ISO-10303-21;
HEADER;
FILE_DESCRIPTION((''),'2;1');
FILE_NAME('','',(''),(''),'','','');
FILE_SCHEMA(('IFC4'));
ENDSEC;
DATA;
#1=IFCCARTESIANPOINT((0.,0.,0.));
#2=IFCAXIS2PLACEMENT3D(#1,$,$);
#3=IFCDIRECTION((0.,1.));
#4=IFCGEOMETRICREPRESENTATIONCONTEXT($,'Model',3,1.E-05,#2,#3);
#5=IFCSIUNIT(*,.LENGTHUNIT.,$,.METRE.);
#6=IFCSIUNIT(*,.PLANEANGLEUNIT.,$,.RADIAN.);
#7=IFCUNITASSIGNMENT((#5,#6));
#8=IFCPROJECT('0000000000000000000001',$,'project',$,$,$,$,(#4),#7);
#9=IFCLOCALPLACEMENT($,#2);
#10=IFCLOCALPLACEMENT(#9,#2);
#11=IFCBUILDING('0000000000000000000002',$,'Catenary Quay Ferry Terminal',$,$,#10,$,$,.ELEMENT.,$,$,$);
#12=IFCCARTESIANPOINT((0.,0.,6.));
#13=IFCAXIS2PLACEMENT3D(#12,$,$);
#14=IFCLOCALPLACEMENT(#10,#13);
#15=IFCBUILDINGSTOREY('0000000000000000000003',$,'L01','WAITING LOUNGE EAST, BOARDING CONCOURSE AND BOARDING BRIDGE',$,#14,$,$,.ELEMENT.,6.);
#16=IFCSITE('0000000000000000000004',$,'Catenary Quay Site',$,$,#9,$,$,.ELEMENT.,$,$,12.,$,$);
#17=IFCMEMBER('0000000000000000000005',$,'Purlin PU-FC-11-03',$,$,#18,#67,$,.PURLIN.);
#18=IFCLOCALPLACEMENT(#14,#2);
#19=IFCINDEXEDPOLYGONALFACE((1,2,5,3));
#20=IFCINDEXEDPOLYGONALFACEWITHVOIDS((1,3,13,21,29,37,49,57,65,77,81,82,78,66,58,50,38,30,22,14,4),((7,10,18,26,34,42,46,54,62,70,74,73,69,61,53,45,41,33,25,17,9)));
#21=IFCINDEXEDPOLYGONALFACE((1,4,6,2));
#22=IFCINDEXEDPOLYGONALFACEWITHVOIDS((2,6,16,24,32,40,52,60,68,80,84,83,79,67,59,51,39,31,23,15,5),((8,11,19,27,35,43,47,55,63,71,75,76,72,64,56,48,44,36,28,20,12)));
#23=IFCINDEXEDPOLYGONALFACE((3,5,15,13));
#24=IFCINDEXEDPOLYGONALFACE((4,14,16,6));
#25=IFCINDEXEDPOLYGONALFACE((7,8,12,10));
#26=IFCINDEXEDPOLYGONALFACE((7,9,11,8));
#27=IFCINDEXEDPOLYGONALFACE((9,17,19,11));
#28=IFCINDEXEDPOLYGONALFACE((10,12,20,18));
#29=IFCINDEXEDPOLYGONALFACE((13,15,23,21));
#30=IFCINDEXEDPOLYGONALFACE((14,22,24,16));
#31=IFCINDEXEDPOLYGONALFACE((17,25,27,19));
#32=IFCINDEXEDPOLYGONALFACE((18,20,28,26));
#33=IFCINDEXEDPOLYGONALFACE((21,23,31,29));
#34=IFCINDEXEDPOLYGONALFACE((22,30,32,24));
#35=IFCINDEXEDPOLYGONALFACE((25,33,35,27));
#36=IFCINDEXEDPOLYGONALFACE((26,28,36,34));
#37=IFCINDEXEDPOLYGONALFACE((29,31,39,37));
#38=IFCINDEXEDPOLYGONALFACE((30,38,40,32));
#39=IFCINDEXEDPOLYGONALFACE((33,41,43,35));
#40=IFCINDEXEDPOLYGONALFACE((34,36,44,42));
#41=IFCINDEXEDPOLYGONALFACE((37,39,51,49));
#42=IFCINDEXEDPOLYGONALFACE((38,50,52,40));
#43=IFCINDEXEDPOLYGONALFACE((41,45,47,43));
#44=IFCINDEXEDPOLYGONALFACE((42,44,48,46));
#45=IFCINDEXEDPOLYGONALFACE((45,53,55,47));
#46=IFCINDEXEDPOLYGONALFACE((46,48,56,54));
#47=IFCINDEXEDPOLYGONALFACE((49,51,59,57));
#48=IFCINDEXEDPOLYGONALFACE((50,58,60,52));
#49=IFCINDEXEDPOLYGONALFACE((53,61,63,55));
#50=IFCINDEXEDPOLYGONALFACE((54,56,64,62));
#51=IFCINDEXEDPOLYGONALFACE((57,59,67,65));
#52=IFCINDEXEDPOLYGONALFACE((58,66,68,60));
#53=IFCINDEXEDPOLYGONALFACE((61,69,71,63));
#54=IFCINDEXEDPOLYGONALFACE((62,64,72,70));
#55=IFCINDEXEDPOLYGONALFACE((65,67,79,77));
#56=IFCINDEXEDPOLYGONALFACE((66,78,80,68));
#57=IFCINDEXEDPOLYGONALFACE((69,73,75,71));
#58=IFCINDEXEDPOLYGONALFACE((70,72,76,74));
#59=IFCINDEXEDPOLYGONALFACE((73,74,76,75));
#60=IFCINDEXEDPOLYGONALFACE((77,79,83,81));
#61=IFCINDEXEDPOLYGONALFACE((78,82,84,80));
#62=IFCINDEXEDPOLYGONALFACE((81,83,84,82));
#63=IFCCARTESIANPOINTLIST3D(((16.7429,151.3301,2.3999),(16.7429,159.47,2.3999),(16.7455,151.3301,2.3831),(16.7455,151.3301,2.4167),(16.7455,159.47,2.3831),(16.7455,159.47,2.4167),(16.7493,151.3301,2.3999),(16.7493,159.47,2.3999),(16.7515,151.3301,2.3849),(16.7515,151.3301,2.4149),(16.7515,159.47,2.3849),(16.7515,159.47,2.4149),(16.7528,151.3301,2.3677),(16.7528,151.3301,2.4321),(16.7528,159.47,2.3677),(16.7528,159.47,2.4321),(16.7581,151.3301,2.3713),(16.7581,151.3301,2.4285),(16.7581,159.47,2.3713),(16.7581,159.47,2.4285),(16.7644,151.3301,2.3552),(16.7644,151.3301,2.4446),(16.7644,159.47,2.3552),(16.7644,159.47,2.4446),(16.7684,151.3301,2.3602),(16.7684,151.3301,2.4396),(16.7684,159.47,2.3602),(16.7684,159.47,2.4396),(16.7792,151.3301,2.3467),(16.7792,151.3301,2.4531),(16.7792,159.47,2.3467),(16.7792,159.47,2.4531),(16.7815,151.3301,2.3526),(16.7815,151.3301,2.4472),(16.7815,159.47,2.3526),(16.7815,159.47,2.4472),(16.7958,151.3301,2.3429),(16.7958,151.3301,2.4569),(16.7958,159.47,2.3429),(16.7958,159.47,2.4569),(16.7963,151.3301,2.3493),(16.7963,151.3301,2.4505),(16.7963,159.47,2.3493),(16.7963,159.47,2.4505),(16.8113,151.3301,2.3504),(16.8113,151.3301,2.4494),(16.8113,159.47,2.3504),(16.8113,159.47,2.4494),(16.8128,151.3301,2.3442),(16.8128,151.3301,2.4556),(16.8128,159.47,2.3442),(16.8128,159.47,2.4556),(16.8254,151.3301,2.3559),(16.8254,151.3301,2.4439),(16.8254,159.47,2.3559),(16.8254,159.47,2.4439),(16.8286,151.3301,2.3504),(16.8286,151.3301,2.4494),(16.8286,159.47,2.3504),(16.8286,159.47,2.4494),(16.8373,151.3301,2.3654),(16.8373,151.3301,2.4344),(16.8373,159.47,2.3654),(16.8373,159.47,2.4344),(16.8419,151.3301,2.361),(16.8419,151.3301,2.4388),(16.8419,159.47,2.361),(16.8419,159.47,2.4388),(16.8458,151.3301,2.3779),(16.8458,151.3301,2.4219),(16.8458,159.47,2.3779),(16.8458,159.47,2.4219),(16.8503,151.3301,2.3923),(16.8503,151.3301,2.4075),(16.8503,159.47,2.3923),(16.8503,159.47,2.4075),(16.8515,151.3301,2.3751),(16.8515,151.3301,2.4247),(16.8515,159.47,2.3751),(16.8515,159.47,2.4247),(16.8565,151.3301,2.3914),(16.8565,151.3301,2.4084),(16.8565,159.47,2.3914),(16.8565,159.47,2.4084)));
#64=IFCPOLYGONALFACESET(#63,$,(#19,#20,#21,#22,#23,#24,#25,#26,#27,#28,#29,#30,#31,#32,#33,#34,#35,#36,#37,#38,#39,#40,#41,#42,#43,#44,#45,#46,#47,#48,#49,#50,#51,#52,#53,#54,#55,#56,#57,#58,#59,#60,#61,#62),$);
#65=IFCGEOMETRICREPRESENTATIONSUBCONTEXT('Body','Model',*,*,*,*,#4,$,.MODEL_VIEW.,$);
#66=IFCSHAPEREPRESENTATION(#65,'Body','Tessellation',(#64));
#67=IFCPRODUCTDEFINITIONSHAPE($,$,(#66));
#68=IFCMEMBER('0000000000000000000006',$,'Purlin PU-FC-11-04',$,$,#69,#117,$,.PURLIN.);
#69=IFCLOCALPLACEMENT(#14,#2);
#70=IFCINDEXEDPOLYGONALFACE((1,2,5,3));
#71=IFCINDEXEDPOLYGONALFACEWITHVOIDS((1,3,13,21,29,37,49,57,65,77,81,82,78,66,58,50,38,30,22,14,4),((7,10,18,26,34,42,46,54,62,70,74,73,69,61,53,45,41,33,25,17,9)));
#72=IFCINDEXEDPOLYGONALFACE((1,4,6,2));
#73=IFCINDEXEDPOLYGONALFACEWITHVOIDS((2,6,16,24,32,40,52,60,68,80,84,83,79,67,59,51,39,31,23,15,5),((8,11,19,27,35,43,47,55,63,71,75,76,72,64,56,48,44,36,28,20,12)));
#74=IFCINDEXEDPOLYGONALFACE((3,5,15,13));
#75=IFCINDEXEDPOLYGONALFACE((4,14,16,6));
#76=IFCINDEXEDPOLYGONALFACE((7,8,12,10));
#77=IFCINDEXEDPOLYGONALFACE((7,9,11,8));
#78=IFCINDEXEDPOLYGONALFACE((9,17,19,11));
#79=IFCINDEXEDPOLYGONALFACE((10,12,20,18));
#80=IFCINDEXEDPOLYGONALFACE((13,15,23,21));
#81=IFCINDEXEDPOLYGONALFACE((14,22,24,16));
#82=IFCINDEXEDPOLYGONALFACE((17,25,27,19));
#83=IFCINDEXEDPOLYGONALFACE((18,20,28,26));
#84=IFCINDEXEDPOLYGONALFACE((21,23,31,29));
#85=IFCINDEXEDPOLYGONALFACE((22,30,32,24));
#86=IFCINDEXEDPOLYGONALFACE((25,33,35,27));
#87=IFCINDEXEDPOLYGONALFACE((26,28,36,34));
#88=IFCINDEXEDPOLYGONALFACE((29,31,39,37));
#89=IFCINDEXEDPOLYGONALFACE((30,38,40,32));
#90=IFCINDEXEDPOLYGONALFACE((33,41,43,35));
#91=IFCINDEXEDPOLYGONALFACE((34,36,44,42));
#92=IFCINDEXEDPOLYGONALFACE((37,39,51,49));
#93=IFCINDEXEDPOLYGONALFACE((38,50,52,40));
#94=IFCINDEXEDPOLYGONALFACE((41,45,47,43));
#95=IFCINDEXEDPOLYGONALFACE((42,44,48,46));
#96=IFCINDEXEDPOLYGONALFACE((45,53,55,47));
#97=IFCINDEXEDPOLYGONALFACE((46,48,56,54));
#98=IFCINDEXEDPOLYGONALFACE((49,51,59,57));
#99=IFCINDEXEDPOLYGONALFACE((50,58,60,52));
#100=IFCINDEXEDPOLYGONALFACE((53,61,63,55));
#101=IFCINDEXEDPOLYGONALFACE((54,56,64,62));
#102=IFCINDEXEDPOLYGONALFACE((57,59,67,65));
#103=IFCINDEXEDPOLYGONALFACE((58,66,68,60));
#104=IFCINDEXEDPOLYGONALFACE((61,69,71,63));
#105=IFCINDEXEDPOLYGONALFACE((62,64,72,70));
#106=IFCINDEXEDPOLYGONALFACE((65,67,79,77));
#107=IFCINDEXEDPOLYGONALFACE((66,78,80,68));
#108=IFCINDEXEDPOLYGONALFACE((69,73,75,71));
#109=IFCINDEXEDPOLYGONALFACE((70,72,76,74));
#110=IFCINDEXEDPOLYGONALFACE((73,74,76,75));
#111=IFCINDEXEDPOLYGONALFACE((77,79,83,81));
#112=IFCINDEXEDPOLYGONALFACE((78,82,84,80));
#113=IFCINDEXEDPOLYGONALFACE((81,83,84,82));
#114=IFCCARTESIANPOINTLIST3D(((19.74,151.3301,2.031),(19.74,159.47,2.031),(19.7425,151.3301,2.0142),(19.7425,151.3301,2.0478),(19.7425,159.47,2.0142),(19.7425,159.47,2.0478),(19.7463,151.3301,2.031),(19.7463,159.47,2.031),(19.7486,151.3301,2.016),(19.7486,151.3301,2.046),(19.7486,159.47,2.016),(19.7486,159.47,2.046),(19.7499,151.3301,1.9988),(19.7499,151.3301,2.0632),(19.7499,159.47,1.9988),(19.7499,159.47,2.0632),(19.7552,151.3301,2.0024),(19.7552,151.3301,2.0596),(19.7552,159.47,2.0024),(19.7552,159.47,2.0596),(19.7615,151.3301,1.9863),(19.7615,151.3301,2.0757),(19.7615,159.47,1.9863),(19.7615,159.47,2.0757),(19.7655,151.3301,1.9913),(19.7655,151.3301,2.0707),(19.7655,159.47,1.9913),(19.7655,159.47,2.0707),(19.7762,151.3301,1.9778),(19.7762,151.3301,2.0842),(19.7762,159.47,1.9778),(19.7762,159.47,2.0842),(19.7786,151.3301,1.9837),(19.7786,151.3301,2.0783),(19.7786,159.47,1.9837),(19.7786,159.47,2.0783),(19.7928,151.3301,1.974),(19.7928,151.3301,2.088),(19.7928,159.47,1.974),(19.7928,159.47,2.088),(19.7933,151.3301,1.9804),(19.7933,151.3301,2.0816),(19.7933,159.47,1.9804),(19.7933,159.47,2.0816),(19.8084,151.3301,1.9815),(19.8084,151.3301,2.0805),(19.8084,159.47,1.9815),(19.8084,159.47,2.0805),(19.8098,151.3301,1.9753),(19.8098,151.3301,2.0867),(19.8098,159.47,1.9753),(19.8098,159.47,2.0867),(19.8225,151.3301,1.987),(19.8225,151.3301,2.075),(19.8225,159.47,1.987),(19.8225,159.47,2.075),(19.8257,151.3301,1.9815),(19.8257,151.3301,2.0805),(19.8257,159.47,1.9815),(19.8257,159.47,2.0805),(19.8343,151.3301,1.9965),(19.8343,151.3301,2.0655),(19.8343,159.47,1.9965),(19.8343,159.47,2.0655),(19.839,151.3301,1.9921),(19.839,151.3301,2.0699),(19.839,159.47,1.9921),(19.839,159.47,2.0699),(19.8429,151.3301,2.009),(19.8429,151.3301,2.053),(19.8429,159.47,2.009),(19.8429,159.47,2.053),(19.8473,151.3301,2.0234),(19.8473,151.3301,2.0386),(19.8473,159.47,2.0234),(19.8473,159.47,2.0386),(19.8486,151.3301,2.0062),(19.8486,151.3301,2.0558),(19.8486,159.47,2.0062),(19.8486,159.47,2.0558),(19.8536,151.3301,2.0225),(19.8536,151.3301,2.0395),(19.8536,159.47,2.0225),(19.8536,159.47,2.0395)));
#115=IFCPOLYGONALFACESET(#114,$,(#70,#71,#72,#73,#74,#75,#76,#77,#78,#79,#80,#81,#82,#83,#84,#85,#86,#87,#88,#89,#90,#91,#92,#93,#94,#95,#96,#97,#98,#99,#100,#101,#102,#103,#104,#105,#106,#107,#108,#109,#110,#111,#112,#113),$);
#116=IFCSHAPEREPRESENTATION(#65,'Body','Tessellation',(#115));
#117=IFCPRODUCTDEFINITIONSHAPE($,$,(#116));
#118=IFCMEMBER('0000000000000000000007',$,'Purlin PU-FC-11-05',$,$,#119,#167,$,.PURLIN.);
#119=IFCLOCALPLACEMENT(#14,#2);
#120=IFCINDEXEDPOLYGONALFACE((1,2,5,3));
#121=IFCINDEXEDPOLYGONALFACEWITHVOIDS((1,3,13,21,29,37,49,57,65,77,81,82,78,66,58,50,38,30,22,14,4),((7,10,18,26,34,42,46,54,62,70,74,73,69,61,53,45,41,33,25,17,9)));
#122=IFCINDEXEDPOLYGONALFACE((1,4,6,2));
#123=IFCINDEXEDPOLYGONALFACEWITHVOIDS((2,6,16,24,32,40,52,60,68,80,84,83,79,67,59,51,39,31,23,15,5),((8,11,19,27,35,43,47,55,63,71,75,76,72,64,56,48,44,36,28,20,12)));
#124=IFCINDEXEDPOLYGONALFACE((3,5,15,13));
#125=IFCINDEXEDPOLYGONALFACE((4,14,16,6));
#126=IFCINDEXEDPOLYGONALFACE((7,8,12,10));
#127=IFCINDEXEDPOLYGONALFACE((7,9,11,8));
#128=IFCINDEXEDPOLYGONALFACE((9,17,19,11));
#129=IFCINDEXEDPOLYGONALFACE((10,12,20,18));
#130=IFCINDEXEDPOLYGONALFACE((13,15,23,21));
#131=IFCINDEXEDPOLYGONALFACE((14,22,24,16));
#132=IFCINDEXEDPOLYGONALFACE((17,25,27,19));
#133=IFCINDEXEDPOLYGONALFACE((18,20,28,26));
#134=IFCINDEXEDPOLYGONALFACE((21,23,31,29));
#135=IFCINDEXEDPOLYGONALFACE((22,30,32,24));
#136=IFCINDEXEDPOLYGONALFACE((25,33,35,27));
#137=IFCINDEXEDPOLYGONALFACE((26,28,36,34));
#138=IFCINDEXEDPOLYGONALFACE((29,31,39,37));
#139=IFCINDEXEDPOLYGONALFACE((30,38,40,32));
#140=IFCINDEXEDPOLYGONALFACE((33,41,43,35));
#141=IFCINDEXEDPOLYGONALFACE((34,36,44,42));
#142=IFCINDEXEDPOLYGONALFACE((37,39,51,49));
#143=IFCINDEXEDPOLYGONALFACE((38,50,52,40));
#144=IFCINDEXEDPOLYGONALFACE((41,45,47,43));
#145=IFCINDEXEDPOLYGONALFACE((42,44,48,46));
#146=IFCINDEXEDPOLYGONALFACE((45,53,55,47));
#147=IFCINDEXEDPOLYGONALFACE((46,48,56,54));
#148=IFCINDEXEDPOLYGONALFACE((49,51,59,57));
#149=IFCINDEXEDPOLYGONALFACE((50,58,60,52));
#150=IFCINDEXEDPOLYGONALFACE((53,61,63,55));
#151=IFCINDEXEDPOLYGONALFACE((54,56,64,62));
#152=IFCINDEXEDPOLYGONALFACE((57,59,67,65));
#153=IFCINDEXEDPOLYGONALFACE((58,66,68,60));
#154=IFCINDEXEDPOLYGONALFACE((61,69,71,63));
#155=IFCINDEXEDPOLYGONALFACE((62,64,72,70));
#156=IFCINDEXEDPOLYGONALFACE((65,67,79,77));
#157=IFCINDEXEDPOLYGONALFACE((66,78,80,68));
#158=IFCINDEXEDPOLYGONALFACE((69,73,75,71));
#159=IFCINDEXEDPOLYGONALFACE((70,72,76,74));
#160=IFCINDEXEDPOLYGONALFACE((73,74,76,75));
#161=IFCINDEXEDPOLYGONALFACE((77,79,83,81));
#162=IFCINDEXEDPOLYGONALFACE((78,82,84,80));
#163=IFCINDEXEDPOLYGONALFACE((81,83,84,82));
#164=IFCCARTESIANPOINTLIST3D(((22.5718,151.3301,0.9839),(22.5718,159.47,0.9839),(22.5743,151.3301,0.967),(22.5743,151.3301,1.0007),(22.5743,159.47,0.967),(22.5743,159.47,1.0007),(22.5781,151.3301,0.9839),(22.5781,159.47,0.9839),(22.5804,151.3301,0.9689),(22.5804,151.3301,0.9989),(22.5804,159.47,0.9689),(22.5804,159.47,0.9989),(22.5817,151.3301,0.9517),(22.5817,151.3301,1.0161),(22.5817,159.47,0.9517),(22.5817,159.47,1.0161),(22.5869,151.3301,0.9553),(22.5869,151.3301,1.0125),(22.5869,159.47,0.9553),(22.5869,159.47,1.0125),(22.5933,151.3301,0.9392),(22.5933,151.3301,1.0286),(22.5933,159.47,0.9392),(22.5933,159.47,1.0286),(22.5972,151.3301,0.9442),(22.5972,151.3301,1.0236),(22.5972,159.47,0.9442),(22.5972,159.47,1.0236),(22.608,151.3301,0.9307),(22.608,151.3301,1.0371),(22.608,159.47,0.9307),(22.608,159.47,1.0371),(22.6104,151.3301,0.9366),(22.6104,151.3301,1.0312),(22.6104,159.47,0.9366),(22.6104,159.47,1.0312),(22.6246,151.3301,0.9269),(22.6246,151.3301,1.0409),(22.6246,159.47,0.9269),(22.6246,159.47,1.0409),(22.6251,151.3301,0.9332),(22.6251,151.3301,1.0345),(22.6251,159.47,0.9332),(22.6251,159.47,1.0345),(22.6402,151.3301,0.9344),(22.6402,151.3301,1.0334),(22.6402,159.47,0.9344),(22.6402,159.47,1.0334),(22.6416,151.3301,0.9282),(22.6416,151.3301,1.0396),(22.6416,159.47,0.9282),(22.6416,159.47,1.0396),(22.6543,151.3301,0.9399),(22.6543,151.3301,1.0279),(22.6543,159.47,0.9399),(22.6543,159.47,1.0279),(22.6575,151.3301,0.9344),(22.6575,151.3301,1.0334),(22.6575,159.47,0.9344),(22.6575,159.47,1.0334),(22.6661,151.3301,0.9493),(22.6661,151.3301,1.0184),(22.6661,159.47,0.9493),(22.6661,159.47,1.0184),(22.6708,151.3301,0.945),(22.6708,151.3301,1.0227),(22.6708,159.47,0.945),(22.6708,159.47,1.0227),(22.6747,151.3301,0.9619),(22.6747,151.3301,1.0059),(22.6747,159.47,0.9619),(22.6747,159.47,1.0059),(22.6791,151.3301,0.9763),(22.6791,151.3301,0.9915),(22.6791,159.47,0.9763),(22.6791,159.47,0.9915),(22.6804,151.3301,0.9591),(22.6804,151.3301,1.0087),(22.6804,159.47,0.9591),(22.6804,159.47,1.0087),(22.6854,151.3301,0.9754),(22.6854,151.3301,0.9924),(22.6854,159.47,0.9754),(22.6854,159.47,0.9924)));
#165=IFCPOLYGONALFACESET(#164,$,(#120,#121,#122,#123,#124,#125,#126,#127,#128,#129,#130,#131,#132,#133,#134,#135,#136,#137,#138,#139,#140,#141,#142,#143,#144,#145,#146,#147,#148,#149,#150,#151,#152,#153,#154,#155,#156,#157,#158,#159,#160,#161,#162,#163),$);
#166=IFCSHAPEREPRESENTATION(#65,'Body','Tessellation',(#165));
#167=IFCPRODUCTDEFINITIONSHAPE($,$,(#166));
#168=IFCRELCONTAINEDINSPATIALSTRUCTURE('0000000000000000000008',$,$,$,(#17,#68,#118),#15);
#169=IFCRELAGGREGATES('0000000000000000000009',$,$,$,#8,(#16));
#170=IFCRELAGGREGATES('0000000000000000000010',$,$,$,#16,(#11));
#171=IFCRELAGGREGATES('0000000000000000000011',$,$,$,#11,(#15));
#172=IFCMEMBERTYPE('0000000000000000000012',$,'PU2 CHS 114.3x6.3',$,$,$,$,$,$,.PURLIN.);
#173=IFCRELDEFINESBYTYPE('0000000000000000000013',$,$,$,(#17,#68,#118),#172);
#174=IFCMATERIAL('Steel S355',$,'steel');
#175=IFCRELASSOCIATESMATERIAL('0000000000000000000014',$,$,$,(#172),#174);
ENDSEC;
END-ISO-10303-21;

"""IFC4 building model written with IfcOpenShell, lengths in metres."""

from ifc_helpers import new_model, si_unit, direction, frame, origin, origin_2d, place, context, subcontext, project, spatial, hollow_circle, extrude, material, material_profile, profile_set, type_object, element, save


model = new_model("IFC4")

# Units and contexts
model_context = context("Model", 3, precision=1e-05, world=origin(), true_north=direction((0.0, 1.0)))
body_context = subcontext(model_context, "Body", "Model", "MODEL_VIEW")
ifc_project = project(units=[si_unit("LENGTHUNIT", "METRE"), si_unit("PLANEANGLEUNIT", "RADIAN")], contexts=[model_context])

# Site, building, storey
site_placement = place(None, origin())
site = spatial("IfcSite", under=ifc_project, at=site_placement, Name="Catenary Quay Site", CompositionType="ELEMENT", RefElevation=12.0)
building_placement = place(site_placement, origin())
building = spatial("IfcBuilding", under=site, at=building_placement, Name="Catenary Quay Ferry Terminal", CompositionType="ELEMENT")
storey_placement = place(building_placement, frame((0.0, 0.0, 6.0)))
storey = spatial("IfcBuildingStorey", under=building, at=storey_placement, Name="L01", Description="WAITING LOUNGE EAST, BOARDING CONCOURSE AND BOARDING BRIDGE", CompositionType="ELEMENT", Elevation=6.0)

# Members
ifc_material_1 = material(Name="Steel S355", Category="steel")
ifc_material_profile_1 = material_profile(ifc_material_1, hollow_circle(Radius=0.0571, WallThickness=0.0063, at=origin_2d()), Name="CHS 114.3x6.3")
ifc_profile_set_1 = profile_set([ifc_material_profile_1], Name="Steel S355")
member_type_1 = type_object("IfcMemberType", Name="PU2 CHS 114.3x6.3", PredefinedType="PURLIN", material=ifc_profile_set_1)
for number, where, z_axis, x_axis, name in (
    (1, (16.8, 151.3301, 2.3999), (0.0, 1.0, 0.0), (-1.0, 0.0, 0.0), "Purlin PU-FC-11-03"),
    (2, (19.7971, 151.3301, 2.031), (0.0, 1.0, 0.0), (-1.0, 0.0, 0.0), "Purlin PU-FC-11-04"),
    (3, (22.6289, 151.3301, 0.9839), (0.0, 1.0, 0.0), (-1.0, 0.0, 0.0), "Purlin PU-FC-11-05"),
):
    element("IfcMember", number, at=place(storey_placement, frame(where, z_axis=z_axis, x_axis=x_axis)), inside=storey, type_object=member_type_1, Name=name, PredefinedType="PURLIN", context=body_context, shape_type="SweptSolid", body=[
        extrude(hollow_circle(Radius=0.0571, WallThickness=0.0063, at=origin_2d()), origin(), (0.0, 0.0, 1.0), 8.1399),
    ])

save(model, "model.ifc")
